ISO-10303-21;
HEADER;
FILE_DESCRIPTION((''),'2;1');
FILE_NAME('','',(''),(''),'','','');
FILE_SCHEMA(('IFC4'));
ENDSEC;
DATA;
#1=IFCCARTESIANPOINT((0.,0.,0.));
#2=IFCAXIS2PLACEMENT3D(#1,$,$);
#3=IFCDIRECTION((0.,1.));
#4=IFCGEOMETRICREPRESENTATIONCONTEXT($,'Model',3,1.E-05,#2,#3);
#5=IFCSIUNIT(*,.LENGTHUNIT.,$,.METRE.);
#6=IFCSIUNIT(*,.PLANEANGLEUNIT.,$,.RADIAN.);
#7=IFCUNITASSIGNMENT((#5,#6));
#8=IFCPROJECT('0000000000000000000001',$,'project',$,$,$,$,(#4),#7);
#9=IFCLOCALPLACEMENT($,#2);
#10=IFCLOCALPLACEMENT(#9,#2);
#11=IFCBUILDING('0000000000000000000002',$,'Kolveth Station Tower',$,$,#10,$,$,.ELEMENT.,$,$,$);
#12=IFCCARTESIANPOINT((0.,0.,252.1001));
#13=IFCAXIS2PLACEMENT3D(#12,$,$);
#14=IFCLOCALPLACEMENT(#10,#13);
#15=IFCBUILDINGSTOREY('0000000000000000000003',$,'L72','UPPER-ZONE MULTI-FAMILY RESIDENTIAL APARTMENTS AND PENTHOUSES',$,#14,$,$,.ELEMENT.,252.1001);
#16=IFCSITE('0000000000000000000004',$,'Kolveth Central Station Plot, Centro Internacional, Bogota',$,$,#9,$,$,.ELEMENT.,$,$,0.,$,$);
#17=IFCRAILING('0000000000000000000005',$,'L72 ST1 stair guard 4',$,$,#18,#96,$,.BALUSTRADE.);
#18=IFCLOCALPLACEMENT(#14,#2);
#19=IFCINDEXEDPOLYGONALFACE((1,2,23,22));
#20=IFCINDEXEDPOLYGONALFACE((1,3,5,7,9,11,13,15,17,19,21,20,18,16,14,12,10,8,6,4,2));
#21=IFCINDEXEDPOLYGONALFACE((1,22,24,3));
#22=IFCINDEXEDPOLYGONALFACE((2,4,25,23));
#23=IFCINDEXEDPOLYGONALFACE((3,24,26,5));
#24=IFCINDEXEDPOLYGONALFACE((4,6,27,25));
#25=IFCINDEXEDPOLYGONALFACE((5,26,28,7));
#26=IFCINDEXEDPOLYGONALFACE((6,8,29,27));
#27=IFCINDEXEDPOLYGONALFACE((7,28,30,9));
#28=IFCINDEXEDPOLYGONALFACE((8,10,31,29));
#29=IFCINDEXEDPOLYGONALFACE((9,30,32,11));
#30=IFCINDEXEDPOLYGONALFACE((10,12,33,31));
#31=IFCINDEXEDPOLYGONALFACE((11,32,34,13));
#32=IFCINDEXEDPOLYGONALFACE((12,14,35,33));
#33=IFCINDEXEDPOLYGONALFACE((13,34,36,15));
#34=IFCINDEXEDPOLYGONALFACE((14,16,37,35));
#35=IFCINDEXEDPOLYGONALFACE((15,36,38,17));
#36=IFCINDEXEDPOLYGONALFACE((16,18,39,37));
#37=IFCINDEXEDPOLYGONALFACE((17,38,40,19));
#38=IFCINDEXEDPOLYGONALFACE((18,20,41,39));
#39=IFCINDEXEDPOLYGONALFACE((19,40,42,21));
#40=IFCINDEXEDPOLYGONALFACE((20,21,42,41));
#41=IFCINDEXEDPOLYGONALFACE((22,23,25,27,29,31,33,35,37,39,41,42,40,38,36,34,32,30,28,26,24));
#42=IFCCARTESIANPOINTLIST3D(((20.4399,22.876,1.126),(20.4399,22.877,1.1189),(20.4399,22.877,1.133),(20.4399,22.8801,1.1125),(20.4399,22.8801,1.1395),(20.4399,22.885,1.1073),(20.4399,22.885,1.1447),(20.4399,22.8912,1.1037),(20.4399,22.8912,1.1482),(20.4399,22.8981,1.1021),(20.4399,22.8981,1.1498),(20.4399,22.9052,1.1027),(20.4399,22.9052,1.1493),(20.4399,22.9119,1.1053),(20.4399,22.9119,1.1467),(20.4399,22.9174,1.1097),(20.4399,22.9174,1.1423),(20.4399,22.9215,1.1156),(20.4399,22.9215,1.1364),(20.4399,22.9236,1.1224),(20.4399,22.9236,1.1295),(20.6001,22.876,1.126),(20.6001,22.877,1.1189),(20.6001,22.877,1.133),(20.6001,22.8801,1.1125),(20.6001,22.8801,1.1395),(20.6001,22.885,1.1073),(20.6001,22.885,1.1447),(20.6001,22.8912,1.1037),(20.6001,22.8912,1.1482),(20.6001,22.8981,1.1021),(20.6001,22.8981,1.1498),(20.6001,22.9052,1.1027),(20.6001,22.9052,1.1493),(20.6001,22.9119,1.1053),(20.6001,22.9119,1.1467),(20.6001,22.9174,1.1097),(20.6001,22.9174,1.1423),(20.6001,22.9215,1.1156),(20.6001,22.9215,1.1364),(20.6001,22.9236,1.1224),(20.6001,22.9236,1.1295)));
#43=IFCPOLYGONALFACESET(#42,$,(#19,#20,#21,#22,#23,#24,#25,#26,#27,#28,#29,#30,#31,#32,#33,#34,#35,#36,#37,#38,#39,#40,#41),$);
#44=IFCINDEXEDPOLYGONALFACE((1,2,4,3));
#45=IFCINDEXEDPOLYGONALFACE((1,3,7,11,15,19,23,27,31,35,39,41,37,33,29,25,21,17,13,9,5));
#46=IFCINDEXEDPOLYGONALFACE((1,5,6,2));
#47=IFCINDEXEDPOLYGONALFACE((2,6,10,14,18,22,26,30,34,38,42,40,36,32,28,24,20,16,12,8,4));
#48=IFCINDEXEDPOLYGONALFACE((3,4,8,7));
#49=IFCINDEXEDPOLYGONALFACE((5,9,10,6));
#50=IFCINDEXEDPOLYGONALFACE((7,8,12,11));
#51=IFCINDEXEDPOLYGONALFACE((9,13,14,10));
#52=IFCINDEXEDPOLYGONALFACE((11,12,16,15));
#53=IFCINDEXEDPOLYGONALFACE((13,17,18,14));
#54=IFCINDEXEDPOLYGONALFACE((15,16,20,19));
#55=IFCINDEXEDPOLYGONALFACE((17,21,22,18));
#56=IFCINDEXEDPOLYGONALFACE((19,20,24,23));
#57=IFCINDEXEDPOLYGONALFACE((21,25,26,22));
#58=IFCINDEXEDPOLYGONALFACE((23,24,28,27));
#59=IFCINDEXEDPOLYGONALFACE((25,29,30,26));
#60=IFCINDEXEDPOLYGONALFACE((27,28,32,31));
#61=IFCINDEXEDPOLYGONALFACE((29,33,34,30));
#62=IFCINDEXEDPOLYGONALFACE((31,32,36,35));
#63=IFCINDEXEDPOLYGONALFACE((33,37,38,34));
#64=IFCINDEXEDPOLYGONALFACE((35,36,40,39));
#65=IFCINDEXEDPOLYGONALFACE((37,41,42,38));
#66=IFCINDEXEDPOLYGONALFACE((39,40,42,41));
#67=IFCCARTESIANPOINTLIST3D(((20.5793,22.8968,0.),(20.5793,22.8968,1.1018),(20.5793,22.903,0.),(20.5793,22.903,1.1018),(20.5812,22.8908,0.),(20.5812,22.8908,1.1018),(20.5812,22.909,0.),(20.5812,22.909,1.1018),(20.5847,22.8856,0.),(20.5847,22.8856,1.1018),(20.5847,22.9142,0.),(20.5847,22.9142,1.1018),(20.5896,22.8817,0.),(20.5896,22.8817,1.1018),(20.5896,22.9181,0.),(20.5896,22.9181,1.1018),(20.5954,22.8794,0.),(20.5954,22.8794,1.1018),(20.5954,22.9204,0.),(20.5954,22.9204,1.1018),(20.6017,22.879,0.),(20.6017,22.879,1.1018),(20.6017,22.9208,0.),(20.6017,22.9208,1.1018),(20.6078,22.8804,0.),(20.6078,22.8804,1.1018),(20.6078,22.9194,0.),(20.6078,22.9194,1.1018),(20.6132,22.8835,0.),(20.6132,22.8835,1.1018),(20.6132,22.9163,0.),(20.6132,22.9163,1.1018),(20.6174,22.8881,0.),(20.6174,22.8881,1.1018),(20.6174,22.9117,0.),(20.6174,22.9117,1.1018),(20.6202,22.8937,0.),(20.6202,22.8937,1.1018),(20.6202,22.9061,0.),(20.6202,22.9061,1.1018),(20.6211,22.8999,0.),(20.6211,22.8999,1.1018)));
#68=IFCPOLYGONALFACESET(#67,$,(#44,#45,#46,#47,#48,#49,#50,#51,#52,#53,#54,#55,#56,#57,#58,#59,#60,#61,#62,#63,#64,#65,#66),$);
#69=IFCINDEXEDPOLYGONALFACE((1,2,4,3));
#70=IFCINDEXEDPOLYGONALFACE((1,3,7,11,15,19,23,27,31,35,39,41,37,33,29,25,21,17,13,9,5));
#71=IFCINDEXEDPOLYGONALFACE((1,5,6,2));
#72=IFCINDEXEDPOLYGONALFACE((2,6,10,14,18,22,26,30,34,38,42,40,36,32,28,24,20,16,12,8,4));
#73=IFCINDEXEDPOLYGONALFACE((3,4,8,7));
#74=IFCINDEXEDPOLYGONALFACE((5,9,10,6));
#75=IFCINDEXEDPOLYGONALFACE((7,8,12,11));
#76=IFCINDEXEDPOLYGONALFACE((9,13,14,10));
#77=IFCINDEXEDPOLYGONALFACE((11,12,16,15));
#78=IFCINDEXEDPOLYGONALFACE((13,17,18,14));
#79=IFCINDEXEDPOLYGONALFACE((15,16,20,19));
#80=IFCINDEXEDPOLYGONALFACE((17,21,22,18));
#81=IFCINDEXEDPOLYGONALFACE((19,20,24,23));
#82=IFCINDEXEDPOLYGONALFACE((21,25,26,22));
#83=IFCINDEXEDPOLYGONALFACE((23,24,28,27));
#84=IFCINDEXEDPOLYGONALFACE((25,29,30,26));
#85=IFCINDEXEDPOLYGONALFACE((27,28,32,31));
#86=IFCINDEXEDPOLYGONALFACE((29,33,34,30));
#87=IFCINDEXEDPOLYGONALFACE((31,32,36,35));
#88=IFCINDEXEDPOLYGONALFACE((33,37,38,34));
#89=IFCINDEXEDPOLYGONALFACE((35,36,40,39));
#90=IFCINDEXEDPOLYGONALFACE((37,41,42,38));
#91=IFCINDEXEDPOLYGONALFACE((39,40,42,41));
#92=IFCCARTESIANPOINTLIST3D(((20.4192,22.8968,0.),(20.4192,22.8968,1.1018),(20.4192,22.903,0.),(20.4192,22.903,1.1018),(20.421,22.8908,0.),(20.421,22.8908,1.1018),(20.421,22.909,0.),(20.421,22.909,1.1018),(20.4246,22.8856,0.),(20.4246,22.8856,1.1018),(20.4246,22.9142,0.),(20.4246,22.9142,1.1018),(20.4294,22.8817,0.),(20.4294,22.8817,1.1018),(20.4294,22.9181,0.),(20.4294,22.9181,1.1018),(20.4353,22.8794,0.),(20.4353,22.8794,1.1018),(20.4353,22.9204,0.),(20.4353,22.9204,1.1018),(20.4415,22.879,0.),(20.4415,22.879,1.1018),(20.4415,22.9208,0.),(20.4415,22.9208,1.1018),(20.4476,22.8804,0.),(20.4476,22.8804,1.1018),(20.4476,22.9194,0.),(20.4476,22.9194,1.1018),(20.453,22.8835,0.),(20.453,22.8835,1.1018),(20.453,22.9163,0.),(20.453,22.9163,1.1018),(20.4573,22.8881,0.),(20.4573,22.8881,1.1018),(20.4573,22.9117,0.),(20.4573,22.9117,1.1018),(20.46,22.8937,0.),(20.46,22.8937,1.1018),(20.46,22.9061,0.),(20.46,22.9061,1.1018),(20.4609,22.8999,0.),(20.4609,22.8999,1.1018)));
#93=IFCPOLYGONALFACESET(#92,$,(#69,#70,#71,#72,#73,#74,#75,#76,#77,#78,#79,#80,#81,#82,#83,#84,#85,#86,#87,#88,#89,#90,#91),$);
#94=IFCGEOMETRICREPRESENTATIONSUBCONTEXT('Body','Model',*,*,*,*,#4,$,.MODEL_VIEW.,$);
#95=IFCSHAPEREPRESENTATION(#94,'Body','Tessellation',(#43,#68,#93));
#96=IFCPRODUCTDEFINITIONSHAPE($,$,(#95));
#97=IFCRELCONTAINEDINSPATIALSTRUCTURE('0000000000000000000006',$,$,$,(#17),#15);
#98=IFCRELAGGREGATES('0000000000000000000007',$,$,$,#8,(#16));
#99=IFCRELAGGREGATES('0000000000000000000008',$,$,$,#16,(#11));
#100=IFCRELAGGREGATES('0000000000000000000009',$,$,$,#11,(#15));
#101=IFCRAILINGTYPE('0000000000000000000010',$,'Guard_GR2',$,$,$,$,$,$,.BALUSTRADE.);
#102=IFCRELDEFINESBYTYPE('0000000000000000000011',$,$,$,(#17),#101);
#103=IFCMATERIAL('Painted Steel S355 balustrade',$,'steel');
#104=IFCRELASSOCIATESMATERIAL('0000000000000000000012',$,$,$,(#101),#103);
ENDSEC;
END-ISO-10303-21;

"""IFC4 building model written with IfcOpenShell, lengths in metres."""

from ifc_helpers import new_model, si_unit, direction, frame, origin, origin_2d, place, context, subcontext, project, spatial, circle, extrude, material, type_object, element, save


model = new_model("IFC4")

# Units and contexts
model_context = context("Model", 3, precision=1e-05, world=origin(), true_north=direction((0.0, 1.0)))
body_context = subcontext(model_context, "Body", "Model", "MODEL_VIEW")
ifc_project = project(units=[si_unit("LENGTHUNIT", "METRE"), si_unit("PLANEANGLEUNIT", "RADIAN")], contexts=[model_context])

# Site, building, storey
site_placement = place(None, origin())
site = spatial("IfcSite", under=ifc_project, at=site_placement, Name="Kolveth Central Station Plot, Centro Internacional, Bogota", CompositionType="ELEMENT", RefElevation=0.0)
building_placement = place(site_placement, origin())
building = spatial("IfcBuilding", under=site, at=building_placement, Name="Kolveth Station Tower", CompositionType="ELEMENT")
storey_placement = place(building_placement, frame((0.0, 0.0, 252.1001)))
storey = spatial("IfcBuildingStorey", under=building, at=storey_placement, Name="L72", Description="UPPER-ZONE MULTI-FAMILY RESIDENTIAL APARTMENTS AND PENTHOUSES", CompositionType="ELEMENT", Elevation=252.1001)

# Railing
ifc_material_1 = material(Name="Painted Steel S355 balustrade", Category="steel")
railing_type_1 = type_object("IfcRailingType", Name="Guard_GR2", PredefinedType="BALUSTRADE", material=ifc_material_1)
railing_1_placement = place(storey_placement, frame((20.6001, 22.8999, 0.0)))
element("IfcRailing", 1, at=railing_1_placement, inside=storey, type_object=railing_type_1, Name="L72 ST1 stair guard 4", PredefinedType="BALUSTRADE", context=body_context, shape_type="SweptSolid", body=[
    extrude(circle(Radius=0.0239, at=origin_2d()), frame((0.0, 0.0, 1.126), z_axis=(-1.0, 0.0, 0.0), x_axis=(0.0, -1.0, 0.0)), (0.0, 0.0, 1.0), 0.1602),
    extrude(circle(Radius=0.021, at=origin_2d()), origin(), (0.0, 0.0, 1.0), 1.1018),
    extrude(circle(Radius=0.021, at=origin_2d()), frame((-0.1602, 0.0, 0.0)), (0.0, 0.0, 1.0), 1.1018),
])

save(model, "model.ifc")
